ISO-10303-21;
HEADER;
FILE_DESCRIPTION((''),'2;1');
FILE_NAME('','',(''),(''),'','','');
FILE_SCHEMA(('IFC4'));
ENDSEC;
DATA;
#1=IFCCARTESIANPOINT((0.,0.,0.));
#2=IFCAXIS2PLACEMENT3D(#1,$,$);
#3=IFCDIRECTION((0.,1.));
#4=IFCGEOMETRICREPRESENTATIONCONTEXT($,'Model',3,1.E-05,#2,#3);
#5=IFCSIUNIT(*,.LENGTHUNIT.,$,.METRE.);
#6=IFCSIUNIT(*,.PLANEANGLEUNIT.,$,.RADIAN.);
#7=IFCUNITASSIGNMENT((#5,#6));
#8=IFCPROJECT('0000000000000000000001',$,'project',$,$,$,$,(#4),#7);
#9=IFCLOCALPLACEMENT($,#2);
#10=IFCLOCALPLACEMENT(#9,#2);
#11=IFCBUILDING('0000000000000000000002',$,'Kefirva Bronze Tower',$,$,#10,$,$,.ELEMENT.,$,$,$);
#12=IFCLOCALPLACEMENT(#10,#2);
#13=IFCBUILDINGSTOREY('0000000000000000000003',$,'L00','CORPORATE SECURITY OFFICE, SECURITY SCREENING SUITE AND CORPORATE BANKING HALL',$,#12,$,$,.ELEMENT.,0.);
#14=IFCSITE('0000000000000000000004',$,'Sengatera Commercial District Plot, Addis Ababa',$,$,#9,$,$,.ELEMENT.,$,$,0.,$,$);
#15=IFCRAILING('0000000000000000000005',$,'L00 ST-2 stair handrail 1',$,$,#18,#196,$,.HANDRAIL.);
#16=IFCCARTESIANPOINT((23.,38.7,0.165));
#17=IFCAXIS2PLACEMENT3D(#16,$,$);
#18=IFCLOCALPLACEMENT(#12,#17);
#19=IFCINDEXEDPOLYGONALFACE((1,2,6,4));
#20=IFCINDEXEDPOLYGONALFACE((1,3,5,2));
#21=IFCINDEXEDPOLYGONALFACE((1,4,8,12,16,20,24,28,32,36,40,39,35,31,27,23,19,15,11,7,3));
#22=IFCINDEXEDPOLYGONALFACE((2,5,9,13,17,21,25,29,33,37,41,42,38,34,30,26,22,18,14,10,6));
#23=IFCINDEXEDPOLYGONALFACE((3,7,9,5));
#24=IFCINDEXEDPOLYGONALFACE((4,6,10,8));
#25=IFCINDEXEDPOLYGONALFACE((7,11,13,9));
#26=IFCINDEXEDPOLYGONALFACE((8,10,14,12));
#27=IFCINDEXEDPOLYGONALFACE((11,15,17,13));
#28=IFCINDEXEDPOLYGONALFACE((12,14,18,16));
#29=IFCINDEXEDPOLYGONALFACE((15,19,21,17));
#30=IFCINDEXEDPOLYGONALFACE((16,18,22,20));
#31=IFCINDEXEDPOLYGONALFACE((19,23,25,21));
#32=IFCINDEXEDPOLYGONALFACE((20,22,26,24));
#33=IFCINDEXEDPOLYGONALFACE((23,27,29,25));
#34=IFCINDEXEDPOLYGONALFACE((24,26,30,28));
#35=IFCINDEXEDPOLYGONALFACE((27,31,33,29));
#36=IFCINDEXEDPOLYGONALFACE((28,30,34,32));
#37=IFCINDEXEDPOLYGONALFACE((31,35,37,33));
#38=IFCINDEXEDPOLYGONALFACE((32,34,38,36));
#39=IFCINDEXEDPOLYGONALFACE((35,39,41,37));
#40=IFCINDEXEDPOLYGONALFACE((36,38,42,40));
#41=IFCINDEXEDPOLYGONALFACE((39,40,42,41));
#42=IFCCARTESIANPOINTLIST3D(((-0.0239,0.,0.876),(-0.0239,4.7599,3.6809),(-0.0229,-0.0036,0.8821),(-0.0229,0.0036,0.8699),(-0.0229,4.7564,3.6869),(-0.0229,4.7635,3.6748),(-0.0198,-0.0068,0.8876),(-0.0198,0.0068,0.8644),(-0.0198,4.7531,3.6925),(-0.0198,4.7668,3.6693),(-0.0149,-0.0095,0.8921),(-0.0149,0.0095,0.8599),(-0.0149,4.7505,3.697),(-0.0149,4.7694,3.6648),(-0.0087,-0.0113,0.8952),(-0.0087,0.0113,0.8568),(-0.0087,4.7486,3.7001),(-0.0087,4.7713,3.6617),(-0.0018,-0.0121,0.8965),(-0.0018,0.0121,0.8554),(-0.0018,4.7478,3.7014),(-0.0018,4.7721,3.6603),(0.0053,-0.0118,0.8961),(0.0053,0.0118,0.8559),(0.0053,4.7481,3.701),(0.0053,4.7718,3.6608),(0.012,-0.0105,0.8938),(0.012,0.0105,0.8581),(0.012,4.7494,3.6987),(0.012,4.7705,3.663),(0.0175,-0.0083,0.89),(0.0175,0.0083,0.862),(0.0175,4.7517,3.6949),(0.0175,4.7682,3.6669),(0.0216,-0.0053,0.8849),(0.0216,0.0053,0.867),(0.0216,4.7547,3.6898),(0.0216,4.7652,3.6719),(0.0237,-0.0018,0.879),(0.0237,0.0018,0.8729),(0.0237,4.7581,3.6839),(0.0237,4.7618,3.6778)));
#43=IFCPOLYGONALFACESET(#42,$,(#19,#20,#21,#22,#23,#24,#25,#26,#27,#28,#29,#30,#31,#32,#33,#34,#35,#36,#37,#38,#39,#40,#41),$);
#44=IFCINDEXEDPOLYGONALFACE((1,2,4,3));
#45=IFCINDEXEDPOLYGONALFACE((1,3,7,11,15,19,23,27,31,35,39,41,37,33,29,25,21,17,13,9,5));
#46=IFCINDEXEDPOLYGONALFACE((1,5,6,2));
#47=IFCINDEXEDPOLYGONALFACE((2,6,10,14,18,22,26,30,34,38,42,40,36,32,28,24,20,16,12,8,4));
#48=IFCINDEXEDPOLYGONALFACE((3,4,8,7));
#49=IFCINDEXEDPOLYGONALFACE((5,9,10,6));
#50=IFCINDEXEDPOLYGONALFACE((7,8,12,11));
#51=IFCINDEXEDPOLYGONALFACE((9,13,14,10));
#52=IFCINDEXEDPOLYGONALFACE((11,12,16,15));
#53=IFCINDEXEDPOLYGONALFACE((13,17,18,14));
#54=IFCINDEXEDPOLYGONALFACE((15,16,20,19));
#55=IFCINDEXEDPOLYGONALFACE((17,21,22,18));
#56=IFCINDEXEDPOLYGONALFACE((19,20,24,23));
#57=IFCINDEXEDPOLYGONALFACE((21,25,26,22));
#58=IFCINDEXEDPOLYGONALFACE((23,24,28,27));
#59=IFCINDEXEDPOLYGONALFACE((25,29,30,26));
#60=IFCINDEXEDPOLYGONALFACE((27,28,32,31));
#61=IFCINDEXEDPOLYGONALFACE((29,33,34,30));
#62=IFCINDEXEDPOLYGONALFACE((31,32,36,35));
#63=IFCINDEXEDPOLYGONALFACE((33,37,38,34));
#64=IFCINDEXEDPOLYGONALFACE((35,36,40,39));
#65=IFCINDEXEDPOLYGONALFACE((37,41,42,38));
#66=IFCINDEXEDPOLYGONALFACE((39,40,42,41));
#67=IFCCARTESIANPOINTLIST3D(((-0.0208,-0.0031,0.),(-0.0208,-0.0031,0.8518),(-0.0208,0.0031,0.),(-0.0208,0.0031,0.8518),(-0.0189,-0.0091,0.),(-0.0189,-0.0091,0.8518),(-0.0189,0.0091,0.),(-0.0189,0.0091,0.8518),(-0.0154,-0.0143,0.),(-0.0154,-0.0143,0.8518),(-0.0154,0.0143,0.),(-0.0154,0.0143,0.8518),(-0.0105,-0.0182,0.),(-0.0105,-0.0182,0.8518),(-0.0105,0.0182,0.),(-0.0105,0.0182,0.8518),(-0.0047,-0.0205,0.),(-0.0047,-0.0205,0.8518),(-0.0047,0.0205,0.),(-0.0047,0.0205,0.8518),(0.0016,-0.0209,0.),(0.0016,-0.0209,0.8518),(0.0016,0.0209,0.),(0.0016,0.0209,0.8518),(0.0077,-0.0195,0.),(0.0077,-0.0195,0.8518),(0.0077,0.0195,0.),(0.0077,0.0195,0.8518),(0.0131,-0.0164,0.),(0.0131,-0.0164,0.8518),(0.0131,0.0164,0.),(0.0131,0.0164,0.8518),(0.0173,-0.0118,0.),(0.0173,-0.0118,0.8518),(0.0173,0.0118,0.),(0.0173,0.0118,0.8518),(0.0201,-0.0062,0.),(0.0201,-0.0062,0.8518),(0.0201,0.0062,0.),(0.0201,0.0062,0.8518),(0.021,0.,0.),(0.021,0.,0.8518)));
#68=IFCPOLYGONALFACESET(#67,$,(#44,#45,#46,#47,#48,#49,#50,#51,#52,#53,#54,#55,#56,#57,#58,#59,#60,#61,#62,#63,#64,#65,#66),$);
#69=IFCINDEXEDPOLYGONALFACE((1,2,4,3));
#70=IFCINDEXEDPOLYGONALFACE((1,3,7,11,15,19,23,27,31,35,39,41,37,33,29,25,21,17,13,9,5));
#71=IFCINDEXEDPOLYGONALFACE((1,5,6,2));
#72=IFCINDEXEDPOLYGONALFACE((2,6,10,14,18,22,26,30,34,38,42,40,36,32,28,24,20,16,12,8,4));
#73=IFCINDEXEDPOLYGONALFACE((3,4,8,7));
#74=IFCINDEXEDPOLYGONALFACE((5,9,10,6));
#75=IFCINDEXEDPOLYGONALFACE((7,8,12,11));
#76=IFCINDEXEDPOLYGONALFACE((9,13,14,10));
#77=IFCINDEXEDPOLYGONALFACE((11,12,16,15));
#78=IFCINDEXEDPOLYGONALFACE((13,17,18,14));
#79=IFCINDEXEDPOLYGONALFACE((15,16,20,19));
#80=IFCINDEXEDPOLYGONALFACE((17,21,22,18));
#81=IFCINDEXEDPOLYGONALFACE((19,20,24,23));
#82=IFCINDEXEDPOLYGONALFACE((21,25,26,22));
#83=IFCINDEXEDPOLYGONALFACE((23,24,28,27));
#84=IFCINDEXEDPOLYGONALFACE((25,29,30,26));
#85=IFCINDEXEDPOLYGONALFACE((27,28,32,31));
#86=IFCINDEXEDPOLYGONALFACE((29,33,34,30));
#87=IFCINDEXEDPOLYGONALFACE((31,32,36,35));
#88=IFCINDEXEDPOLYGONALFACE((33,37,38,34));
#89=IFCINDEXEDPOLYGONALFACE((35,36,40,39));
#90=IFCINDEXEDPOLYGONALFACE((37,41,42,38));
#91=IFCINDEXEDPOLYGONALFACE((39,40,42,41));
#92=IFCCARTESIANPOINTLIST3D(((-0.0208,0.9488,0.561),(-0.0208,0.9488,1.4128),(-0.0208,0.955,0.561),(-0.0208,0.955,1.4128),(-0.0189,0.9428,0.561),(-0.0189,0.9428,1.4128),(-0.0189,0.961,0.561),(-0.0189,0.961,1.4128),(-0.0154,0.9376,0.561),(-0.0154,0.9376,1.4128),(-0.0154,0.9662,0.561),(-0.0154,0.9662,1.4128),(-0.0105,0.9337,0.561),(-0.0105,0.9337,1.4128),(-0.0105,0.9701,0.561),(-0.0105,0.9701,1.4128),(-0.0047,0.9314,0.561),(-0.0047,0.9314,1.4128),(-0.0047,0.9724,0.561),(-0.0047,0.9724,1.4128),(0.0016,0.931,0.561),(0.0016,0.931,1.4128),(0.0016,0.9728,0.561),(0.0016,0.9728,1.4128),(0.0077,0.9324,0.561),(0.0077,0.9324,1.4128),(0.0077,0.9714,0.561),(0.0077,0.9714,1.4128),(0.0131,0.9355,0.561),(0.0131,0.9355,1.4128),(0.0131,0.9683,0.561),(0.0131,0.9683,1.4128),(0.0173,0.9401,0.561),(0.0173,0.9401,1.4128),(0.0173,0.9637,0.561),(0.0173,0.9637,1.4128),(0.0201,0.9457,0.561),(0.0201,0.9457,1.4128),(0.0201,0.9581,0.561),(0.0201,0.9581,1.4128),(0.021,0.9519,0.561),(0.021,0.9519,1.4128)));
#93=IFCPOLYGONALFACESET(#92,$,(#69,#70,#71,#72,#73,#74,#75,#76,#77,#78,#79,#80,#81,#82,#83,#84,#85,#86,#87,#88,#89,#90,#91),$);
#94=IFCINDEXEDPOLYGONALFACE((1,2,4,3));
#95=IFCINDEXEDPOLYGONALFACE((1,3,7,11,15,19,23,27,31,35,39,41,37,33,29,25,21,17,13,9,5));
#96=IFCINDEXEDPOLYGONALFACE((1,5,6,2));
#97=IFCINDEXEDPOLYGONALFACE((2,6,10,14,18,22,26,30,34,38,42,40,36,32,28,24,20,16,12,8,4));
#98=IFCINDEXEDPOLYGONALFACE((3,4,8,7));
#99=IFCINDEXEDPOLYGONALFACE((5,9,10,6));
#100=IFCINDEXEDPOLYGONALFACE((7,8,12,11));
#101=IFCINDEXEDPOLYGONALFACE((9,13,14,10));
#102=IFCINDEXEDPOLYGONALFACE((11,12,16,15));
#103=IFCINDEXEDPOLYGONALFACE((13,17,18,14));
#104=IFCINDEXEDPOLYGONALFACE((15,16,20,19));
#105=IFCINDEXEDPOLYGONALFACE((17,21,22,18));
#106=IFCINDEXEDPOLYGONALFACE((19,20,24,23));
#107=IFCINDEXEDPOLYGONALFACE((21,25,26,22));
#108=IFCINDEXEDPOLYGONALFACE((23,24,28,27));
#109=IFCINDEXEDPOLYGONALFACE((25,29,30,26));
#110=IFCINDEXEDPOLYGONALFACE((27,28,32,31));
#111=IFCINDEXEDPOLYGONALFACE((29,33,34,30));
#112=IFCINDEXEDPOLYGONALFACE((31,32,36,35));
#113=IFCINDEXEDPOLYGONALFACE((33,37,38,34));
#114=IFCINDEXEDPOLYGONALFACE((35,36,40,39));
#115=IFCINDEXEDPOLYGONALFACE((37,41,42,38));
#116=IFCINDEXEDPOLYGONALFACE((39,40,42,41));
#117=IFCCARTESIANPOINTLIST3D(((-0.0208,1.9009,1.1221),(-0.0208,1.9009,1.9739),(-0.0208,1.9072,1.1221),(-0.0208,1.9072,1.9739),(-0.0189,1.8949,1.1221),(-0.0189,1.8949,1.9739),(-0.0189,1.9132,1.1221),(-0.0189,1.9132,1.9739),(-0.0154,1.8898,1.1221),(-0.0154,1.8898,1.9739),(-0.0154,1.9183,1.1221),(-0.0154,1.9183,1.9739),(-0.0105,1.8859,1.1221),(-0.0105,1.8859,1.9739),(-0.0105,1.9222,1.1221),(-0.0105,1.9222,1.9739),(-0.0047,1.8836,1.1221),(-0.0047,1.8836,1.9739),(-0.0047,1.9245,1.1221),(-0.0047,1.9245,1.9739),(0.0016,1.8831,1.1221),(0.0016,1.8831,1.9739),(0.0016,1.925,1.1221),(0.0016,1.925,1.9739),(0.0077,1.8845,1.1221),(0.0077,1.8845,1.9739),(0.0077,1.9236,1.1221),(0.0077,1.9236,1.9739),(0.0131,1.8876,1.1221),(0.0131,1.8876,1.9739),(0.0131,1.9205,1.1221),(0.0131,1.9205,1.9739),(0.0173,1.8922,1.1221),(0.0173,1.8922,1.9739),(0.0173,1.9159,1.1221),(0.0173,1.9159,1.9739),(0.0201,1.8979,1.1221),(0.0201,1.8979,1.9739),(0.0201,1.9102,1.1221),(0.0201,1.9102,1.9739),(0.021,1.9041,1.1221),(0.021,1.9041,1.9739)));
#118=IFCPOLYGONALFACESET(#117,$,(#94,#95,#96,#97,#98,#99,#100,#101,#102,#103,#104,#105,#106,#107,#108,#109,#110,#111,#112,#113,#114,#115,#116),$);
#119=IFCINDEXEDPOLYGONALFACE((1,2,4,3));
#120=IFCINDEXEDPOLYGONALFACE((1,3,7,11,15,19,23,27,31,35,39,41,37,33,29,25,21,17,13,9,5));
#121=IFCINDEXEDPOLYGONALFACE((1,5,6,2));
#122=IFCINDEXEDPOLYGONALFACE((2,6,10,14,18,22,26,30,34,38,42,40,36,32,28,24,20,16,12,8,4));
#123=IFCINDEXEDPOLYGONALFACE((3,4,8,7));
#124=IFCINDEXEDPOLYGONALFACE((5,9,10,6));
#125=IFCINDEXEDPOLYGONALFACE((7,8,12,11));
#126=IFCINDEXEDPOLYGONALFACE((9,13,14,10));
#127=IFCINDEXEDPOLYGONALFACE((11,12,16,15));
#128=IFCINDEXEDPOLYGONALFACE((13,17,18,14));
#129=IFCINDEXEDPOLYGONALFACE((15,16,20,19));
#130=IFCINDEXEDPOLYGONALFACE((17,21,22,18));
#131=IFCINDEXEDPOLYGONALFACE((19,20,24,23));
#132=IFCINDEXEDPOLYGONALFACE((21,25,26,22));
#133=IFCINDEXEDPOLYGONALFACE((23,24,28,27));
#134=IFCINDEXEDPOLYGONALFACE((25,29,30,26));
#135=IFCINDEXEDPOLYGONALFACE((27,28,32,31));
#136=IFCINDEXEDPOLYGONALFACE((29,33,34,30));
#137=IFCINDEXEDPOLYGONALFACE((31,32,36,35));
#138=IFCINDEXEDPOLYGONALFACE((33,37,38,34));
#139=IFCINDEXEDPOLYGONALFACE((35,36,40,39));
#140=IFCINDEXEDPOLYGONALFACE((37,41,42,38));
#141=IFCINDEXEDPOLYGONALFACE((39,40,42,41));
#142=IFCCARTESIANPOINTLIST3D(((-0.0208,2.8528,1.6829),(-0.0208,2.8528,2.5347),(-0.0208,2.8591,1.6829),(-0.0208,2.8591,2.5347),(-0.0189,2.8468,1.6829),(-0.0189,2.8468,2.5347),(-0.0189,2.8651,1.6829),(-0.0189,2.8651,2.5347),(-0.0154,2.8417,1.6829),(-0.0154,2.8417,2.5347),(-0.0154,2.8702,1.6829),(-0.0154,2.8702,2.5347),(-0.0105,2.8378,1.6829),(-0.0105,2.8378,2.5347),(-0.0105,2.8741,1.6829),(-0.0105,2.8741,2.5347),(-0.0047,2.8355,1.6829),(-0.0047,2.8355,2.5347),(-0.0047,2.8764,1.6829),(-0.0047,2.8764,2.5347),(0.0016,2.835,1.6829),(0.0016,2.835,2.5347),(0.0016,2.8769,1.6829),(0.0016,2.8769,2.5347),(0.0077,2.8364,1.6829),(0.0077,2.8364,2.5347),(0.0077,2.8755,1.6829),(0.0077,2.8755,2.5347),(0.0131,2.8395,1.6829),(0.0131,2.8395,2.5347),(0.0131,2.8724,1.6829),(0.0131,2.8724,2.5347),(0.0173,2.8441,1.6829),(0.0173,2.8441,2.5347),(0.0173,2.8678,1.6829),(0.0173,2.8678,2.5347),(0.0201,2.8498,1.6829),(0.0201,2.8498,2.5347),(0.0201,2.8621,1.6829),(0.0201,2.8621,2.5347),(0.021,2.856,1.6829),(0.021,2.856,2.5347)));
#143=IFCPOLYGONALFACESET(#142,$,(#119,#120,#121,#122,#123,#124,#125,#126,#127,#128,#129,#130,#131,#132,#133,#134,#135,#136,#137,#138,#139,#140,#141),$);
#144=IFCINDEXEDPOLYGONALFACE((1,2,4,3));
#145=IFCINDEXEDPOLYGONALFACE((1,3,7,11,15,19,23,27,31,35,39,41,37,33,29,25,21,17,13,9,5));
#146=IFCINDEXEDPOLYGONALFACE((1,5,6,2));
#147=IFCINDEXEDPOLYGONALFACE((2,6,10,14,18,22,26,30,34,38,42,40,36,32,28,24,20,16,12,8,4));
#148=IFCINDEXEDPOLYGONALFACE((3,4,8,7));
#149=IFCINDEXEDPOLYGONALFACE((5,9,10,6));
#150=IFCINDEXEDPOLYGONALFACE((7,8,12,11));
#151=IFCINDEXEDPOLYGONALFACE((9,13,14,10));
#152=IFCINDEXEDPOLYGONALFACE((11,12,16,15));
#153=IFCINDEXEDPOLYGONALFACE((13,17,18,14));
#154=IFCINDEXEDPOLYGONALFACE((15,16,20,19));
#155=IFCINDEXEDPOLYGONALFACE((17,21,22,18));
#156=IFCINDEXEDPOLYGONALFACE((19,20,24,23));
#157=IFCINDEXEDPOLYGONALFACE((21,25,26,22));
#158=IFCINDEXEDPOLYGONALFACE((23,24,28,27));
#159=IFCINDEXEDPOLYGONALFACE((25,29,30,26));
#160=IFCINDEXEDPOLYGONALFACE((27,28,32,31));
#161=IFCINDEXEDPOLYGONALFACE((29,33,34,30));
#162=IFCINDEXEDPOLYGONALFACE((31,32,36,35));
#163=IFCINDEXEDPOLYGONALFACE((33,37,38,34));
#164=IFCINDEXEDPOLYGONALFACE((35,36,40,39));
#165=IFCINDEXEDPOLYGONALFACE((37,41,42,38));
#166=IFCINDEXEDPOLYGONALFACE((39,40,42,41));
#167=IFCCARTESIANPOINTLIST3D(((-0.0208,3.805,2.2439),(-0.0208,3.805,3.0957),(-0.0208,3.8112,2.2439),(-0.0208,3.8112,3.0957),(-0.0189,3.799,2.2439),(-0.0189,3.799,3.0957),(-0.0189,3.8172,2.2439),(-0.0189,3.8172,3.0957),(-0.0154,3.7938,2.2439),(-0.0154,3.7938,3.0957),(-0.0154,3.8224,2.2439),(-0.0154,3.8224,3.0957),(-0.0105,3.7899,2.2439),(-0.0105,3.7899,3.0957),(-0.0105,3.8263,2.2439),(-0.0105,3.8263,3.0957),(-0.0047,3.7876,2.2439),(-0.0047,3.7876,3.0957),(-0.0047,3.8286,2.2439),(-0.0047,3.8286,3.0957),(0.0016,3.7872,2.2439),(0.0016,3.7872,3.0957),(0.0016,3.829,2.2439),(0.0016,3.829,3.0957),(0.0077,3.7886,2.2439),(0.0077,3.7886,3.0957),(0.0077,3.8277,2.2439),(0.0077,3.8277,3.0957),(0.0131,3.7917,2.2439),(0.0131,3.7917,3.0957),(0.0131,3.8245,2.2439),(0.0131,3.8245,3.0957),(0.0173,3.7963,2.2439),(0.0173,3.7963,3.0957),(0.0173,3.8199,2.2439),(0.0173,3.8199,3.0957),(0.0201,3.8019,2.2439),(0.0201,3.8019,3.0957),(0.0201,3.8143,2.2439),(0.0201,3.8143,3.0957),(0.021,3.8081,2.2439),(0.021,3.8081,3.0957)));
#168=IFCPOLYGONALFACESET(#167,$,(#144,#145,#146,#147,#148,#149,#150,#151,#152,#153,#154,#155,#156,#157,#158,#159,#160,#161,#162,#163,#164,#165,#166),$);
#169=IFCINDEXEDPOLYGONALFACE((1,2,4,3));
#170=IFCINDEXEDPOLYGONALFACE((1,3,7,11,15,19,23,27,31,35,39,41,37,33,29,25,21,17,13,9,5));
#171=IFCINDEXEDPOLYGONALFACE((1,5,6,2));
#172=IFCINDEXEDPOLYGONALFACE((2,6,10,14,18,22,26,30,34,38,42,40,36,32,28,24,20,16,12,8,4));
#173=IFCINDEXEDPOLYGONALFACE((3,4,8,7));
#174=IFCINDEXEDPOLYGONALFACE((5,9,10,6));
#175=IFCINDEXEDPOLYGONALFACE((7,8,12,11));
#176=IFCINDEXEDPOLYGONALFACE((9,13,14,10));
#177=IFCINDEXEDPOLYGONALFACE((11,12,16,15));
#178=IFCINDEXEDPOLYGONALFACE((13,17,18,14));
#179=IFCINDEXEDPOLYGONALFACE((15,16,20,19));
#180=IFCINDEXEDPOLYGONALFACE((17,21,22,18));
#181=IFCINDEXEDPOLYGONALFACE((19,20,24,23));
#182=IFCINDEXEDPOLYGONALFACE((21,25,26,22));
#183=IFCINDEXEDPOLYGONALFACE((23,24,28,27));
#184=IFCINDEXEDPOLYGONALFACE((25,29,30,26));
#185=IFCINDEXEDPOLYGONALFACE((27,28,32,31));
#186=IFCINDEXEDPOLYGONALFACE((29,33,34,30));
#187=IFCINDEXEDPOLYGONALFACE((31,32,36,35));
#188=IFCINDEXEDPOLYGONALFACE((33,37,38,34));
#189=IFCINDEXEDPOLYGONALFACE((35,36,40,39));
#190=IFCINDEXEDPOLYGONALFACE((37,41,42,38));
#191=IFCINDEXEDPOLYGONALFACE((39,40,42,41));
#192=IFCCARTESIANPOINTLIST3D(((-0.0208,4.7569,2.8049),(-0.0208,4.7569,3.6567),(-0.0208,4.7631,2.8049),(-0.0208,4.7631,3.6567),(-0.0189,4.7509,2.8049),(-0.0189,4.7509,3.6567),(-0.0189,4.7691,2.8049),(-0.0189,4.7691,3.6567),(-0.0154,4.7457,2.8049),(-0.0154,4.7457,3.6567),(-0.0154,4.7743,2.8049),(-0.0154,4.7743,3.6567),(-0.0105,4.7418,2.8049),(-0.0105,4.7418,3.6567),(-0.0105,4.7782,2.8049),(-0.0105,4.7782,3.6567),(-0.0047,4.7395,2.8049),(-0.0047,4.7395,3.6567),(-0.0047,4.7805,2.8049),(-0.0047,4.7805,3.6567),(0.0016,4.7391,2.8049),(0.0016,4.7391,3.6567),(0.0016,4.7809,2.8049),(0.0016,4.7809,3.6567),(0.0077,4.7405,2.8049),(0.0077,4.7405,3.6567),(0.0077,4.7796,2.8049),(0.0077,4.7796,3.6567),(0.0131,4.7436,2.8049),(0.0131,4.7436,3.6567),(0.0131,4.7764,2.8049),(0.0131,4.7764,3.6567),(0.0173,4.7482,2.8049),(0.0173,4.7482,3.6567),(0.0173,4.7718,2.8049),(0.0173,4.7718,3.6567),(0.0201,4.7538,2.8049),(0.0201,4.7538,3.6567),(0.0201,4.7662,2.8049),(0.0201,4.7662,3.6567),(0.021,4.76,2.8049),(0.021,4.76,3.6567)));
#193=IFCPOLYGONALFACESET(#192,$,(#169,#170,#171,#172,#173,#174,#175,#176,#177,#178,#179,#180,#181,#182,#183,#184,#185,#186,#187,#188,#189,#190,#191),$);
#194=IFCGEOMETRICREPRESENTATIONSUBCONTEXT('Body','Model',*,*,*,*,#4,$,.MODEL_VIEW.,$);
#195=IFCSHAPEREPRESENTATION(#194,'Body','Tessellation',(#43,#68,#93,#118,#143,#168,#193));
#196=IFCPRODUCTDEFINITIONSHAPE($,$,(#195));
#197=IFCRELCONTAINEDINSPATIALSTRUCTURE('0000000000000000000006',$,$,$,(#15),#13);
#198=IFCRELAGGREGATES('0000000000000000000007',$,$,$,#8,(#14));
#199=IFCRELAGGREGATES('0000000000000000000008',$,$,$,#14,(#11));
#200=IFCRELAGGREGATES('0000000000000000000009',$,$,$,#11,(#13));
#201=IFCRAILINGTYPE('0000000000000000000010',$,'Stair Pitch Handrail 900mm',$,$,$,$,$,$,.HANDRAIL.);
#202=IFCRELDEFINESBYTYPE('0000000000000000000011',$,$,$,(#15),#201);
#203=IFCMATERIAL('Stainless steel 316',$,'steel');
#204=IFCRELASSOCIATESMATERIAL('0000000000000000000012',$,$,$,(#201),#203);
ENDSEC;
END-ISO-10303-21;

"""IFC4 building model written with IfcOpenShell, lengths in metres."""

from ifc_helpers import new_model, si_unit, direction, frame, origin, origin_2d, place, context, subcontext, project, spatial, circle, extrude, material, type_object, element, save


model = new_model("IFC4")

# Units and contexts
model_context = context("Model", 3, precision=1e-05, world=origin(), true_north=direction((0.0, 1.0)))
body_context = subcontext(model_context, "Body", "Model", "MODEL_VIEW")
ifc_project = project(units=[si_unit("LENGTHUNIT", "METRE"), si_unit("PLANEANGLEUNIT", "RADIAN")], contexts=[model_context])

# Site, building, storey
site_placement = place(None, origin())
site = spatial("IfcSite", under=ifc_project, at=site_placement, Name="Sengatera Commercial District Plot, Addis Ababa", CompositionType="ELEMENT", RefElevation=0.0)
building_placement = place(site_placement, origin())
building = spatial("IfcBuilding", under=site, at=building_placement, Name="Kefirva Bronze Tower", CompositionType="ELEMENT")
storey_placement = place(building_placement, origin())
storey = spatial("IfcBuildingStorey", under=building, at=storey_placement, Name="L00", Description="CORPORATE SECURITY OFFICE, SECURITY SCREENING SUITE AND CORPORATE BANKING HALL", CompositionType="ELEMENT", Elevation=0.0)

# Railing
ifc_material_1 = material(Name="Stainless steel 316", Category="steel")
railing_type_1 = type_object("IfcRailingType", Name="Stair Pitch Handrail 900mm", PredefinedType="HANDRAIL", material=ifc_material_1)
railing_1_placement = place(storey_placement, frame((23.0, 38.7, 0.165)))
element("IfcRailing", 1, at=railing_1_placement, inside=storey, type_object=railing_type_1, Name="L00 ST-2 stair handrail 1", PredefinedType="HANDRAIL", context=body_context, shape_type="SweptSolid", body=[
    extrude(circle(Radius=0.0239, at=origin_2d()), frame((0.0, 0.0, 0.876), z_axis=(0.0, 0.861544, 0.507682), x_axis=(-1.0, 0.0, 0.0)), (0.0, 0.0, 1.0), 5.5249),
    extrude(circle(Radius=0.021, at=origin_2d()), origin(), (0.0, 0.0, 1.0), 0.8518),
    extrude(circle(Radius=0.021, at=origin_2d()), frame((0.0, 0.9519, 0.561)), (0.0, 0.0, 1.0), 0.8518),
    extrude(circle(Radius=0.021, at=origin_2d()), frame((0.0, 1.9041, 1.1221)), (0.0, 0.0, 1.0), 0.8518),
    extrude(circle(Radius=0.021, at=origin_2d()), frame((0.0, 2.856, 1.6829)), (0.0, 0.0, 1.0), 0.8518),
    extrude(circle(Radius=0.021, at=origin_2d()), frame((0.0, 3.8081, 2.2439)), (0.0, 0.0, 1.0), 0.8518),
    extrude(circle(Radius=0.021, at=origin_2d()), frame((0.0, 4.76, 2.8049)), (0.0, 0.0, 1.0), 0.8518),
])

save(model, "model.ifc")
